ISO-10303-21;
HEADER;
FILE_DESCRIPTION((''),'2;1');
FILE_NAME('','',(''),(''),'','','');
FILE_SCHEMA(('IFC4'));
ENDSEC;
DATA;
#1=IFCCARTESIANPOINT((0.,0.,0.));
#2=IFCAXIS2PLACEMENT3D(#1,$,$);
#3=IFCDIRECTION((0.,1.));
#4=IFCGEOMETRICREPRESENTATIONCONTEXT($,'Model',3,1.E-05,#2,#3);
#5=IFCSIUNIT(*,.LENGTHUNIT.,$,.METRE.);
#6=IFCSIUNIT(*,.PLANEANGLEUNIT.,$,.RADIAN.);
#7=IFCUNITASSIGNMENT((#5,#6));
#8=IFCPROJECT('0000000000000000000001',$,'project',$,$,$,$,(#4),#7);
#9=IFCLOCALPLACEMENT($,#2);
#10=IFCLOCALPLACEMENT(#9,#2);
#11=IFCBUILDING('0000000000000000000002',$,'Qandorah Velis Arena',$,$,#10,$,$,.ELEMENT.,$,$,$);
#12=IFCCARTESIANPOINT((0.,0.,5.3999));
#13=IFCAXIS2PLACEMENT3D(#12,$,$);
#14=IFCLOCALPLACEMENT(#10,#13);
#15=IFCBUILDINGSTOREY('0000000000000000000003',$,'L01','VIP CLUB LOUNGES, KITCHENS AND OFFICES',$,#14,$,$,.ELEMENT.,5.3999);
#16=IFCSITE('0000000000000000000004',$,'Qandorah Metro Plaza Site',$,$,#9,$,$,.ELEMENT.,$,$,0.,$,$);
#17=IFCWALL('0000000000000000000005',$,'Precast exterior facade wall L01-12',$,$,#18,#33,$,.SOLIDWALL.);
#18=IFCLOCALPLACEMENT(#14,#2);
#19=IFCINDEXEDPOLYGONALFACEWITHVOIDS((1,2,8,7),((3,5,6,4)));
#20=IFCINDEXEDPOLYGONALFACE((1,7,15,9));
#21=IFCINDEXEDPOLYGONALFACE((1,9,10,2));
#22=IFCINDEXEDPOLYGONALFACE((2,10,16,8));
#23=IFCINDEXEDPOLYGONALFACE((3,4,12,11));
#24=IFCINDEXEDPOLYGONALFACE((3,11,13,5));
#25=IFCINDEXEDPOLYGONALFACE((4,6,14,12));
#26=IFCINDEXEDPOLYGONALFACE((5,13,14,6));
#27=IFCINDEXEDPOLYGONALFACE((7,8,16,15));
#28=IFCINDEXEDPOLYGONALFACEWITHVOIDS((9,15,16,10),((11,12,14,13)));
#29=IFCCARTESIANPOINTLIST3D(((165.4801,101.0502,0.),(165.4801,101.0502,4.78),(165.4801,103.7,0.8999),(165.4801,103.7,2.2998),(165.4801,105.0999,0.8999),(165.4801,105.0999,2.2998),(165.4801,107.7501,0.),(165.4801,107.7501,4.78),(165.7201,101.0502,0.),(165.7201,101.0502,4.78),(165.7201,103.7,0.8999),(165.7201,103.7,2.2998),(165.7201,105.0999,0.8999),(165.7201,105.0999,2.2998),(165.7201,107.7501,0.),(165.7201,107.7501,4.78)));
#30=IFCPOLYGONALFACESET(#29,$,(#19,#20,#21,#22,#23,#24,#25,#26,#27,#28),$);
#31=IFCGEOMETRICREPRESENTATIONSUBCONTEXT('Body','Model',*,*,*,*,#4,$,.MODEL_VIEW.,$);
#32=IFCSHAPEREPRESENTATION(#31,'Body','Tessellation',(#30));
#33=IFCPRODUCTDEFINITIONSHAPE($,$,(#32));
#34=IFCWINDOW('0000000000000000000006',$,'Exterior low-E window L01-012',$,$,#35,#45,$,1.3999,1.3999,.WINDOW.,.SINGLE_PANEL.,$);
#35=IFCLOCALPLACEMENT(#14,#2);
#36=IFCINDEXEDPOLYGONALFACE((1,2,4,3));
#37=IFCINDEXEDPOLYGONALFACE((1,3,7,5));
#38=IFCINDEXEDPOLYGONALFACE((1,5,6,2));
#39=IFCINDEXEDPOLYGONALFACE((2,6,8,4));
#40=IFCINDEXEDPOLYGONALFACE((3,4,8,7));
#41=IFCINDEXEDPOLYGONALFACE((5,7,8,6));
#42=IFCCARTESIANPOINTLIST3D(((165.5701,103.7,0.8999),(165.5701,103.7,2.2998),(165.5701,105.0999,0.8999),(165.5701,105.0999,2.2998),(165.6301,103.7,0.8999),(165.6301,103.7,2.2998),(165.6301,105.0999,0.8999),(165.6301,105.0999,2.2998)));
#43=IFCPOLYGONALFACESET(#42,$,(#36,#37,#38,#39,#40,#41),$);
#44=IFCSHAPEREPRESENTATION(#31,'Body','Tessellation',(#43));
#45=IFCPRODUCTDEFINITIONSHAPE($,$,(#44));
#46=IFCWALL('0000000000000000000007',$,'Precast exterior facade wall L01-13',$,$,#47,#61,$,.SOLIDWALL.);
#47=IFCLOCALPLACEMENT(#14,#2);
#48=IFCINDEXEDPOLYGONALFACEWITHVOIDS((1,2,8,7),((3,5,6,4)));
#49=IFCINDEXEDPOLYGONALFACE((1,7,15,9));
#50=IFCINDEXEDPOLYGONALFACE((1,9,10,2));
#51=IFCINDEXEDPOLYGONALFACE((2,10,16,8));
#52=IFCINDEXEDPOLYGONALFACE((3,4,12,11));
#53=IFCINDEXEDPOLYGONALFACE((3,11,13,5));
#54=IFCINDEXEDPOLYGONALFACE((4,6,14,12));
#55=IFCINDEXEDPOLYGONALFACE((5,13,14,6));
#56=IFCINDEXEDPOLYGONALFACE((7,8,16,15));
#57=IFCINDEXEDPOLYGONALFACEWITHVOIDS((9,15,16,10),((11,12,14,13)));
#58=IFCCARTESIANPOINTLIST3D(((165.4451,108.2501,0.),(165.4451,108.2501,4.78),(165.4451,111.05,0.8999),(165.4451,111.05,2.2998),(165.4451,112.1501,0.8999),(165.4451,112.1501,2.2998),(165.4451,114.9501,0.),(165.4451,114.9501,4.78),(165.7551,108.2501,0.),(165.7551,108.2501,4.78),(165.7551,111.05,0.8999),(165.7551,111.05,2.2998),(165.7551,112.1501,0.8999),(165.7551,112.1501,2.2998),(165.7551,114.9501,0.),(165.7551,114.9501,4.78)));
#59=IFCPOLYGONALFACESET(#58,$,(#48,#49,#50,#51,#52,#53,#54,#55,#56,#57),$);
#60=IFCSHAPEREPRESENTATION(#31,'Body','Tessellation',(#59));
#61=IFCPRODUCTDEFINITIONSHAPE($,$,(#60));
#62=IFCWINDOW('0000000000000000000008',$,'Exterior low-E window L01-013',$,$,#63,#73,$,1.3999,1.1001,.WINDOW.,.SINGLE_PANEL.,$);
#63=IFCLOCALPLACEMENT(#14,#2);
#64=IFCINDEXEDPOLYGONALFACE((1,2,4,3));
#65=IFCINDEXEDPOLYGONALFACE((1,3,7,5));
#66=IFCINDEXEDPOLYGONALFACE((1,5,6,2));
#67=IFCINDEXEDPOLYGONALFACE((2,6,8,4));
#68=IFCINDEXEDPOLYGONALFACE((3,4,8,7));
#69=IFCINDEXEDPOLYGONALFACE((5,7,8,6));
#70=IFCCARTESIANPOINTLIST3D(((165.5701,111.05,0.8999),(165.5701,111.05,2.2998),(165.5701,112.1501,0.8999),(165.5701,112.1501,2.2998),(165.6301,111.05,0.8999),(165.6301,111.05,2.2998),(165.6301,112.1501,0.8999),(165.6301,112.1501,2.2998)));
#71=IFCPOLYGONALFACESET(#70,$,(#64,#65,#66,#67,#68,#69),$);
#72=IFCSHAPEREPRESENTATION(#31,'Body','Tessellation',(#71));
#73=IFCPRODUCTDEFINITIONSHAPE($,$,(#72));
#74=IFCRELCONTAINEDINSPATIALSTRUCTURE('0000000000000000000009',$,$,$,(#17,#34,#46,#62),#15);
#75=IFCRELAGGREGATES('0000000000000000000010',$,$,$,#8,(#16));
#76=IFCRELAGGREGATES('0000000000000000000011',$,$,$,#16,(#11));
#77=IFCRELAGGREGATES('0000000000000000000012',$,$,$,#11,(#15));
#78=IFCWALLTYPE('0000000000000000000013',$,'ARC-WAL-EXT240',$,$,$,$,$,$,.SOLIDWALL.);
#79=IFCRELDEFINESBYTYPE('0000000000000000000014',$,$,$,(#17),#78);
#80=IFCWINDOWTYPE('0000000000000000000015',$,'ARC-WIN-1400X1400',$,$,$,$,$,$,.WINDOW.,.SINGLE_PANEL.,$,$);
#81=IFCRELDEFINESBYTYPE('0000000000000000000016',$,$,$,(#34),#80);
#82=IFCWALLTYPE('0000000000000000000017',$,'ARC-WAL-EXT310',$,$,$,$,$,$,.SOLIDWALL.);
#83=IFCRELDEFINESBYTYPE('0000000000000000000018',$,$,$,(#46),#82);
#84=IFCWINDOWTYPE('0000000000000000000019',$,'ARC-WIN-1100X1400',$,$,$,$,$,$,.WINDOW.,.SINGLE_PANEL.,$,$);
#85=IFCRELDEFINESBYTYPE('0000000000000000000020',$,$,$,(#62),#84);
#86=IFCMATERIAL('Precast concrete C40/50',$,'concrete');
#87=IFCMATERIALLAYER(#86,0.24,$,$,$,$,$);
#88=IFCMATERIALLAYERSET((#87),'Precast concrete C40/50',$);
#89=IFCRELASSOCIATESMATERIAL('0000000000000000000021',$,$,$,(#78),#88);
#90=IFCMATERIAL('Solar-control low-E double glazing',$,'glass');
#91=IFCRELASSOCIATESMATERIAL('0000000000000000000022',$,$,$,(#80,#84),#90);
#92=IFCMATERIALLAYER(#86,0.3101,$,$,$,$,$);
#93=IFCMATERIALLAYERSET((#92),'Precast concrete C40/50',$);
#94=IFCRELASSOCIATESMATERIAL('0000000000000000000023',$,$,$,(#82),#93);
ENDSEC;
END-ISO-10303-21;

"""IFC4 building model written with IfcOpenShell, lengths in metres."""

from ifc_helpers import new_model, si_unit, direction, frame, frame_2d, origin, place, context, subcontext, project, spatial, rectangle, extrude, material, layer, layer_set, type_object, element, fill, save


model = new_model("IFC4")

# Units and contexts
model_context = context("Model", 3, precision=1e-05, world=origin(), true_north=direction((0.0, 1.0)))
body_context = subcontext(model_context, "Body", "Model", "MODEL_VIEW")
ifc_project = project(units=[si_unit("LENGTHUNIT", "METRE"), si_unit("PLANEANGLEUNIT", "RADIAN")], contexts=[model_context])

# Site, building, storey
site_placement = place(None, origin())
site = spatial("IfcSite", under=ifc_project, at=site_placement, Name="Qandorah Metro Plaza Site", CompositionType="ELEMENT", RefElevation=0.0)
building_placement = place(site_placement, origin())
building = spatial("IfcBuilding", under=site, at=building_placement, Name="Qandorah Velis Arena", CompositionType="ELEMENT")
storey_placement = place(building_placement, frame((0.0, 0.0, 5.3999)))
storey = spatial("IfcBuildingStorey", under=building, at=storey_placement, Name="L01", Description="VIP CLUB LOUNGES, KITCHENS AND OFFICES", CompositionType="ELEMENT", Elevation=5.3999)

# Walls, openings, windows
ifc_material_1 = material(Name="Precast concrete C40/50", Category="concrete")
ifc_layer_1 = layer(ifc_material_1, 0.24)
ifc_layer_set_1 = layer_set([ifc_layer_1], Name="Precast concrete C40/50")
wall_type_1 = type_object("IfcWallType", Name="ARC-WAL-EXT240", PredefinedType="SOLIDWALL", material=ifc_layer_set_1)
wall_1_placement = place(storey_placement, frame((165.6001, 101.05, 0.0), z_axis=(0.0, 0.0, 1.0), x_axis=(0.0, 1.0, 0.0)))
wall_1 = element("IfcWall", 1, at=wall_1_placement, inside=storey, type_object=wall_type_1, Name="Precast exterior facade wall L01-12", PredefinedType="SOLIDWALL", context=body_context, shape_type="SweptSolid", body=[
    extrude(rectangle(XDim=6.7, YDim=0.24, at=frame_2d((3.3501, 0.0))), origin(), (0.0, 0.0, 1.0), 4.78),
])
opening_1_placement = place(wall_1_placement, frame((2.6499, 0.0, 0.8999)))
opening_1 = element("IfcOpeningElement", 2, at=opening_1_placement, cuts=wall_1, PredefinedType="OPENING", context=body_context, shape_type="SweptSolid", body=[
    extrude(rectangle(XDim=1.3999, YDim=1.3999, at=frame_2d((0.7, 0.7))), frame((0.0, 0.1299, 0.0), z_axis=(0.0, -1.0, 0.0), x_axis=(1.0, 0.0, 0.0)), (0.0, 0.0, 1.0), 0.26),
])
ifc_material_2 = material(Name="Solar-control low-E double glazing", Category="glass")
window_type_1 = type_object("IfcWindowType", Name="ARC-WIN-1400X1400", PartitioningType="SINGLE_PANEL", PredefinedType="WINDOW", material=ifc_material_2)
window_1_placement = place(opening_1_placement, origin())
window_1 = element("IfcWindow", 3, at=window_1_placement, inside=storey, type_object=window_type_1, Name="Exterior low-E window L01-012", OverallHeight=1.3999, OverallWidth=1.3999, PartitioningType="SINGLE_PANEL", PredefinedType="WINDOW", context=body_context, shape_type="SweptSolid", body=[
    extrude(rectangle(XDim=1.3999, YDim=1.3999, at=frame_2d((0.7, 0.7))), frame((0.0, 0.03, 0.0), z_axis=(0.0, -1.0, 0.0), x_axis=(1.0, 0.0, 0.0)), (0.0, 0.0, 1.0), 0.0601),
])
fill(opening_1, window_1)
ifc_layer_2 = layer(ifc_material_1, 0.3101)
ifc_layer_set_2 = layer_set([ifc_layer_2], Name="Precast concrete C40/50")
wall_type_2 = type_object("IfcWallType", Name="ARC-WAL-EXT310", PredefinedType="SOLIDWALL", material=ifc_layer_set_2)
wall_2_placement = place(storey_placement, frame((165.6001, 108.25, 0.0), z_axis=(0.0, 0.0, 1.0), x_axis=(0.0, 1.0, 0.0)))
wall_2 = element("IfcWall", 4, at=wall_2_placement, inside=storey, type_object=wall_type_2, Name="Precast exterior facade wall L01-13", PredefinedType="SOLIDWALL", context=body_context, shape_type="SweptSolid", body=[
    extrude(rectangle(XDim=6.7, YDim=0.3101, at=frame_2d((3.3501, 0.0))), origin(), (0.0, 0.0, 1.0), 4.78),
])
opening_2_placement = place(wall_2_placement, frame((2.8, 0.0, 0.8999)))
opening_2 = element("IfcOpeningElement", 5, at=opening_2_placement, cuts=wall_2, PredefinedType="OPENING", context=body_context, shape_type="SweptSolid", body=[
    extrude(rectangle(XDim=1.1001, YDim=1.3999, at=frame_2d((0.55, 0.7))), frame((0.0, 0.165, 0.0), z_axis=(0.0, -1.0, 0.0), x_axis=(1.0, 0.0, 0.0)), (0.0, 0.0, 1.0), 0.3301),
])
window_type_2 = type_object("IfcWindowType", Name="ARC-WIN-1100X1400", PartitioningType="SINGLE_PANEL", PredefinedType="WINDOW", material=ifc_material_2)
window_2_placement = place(opening_2_placement, origin())
window_2 = element("IfcWindow", 6, at=window_2_placement, inside=storey, type_object=window_type_2, Name="Exterior low-E window L01-013", OverallHeight=1.3999, OverallWidth=1.1001, PartitioningType="SINGLE_PANEL", PredefinedType="WINDOW", context=body_context, shape_type="SweptSolid", body=[
    extrude(rectangle(XDim=1.1001, YDim=1.3999, at=frame_2d((0.55, 0.7))), frame((0.0, 0.03, 0.0), z_axis=(0.0, -1.0, 0.0), x_axis=(1.0, 0.0, 0.0)), (0.0, 0.0, 1.0), 0.0601),
])
fill(opening_2, window_2)

save(model, "model.ifc")
